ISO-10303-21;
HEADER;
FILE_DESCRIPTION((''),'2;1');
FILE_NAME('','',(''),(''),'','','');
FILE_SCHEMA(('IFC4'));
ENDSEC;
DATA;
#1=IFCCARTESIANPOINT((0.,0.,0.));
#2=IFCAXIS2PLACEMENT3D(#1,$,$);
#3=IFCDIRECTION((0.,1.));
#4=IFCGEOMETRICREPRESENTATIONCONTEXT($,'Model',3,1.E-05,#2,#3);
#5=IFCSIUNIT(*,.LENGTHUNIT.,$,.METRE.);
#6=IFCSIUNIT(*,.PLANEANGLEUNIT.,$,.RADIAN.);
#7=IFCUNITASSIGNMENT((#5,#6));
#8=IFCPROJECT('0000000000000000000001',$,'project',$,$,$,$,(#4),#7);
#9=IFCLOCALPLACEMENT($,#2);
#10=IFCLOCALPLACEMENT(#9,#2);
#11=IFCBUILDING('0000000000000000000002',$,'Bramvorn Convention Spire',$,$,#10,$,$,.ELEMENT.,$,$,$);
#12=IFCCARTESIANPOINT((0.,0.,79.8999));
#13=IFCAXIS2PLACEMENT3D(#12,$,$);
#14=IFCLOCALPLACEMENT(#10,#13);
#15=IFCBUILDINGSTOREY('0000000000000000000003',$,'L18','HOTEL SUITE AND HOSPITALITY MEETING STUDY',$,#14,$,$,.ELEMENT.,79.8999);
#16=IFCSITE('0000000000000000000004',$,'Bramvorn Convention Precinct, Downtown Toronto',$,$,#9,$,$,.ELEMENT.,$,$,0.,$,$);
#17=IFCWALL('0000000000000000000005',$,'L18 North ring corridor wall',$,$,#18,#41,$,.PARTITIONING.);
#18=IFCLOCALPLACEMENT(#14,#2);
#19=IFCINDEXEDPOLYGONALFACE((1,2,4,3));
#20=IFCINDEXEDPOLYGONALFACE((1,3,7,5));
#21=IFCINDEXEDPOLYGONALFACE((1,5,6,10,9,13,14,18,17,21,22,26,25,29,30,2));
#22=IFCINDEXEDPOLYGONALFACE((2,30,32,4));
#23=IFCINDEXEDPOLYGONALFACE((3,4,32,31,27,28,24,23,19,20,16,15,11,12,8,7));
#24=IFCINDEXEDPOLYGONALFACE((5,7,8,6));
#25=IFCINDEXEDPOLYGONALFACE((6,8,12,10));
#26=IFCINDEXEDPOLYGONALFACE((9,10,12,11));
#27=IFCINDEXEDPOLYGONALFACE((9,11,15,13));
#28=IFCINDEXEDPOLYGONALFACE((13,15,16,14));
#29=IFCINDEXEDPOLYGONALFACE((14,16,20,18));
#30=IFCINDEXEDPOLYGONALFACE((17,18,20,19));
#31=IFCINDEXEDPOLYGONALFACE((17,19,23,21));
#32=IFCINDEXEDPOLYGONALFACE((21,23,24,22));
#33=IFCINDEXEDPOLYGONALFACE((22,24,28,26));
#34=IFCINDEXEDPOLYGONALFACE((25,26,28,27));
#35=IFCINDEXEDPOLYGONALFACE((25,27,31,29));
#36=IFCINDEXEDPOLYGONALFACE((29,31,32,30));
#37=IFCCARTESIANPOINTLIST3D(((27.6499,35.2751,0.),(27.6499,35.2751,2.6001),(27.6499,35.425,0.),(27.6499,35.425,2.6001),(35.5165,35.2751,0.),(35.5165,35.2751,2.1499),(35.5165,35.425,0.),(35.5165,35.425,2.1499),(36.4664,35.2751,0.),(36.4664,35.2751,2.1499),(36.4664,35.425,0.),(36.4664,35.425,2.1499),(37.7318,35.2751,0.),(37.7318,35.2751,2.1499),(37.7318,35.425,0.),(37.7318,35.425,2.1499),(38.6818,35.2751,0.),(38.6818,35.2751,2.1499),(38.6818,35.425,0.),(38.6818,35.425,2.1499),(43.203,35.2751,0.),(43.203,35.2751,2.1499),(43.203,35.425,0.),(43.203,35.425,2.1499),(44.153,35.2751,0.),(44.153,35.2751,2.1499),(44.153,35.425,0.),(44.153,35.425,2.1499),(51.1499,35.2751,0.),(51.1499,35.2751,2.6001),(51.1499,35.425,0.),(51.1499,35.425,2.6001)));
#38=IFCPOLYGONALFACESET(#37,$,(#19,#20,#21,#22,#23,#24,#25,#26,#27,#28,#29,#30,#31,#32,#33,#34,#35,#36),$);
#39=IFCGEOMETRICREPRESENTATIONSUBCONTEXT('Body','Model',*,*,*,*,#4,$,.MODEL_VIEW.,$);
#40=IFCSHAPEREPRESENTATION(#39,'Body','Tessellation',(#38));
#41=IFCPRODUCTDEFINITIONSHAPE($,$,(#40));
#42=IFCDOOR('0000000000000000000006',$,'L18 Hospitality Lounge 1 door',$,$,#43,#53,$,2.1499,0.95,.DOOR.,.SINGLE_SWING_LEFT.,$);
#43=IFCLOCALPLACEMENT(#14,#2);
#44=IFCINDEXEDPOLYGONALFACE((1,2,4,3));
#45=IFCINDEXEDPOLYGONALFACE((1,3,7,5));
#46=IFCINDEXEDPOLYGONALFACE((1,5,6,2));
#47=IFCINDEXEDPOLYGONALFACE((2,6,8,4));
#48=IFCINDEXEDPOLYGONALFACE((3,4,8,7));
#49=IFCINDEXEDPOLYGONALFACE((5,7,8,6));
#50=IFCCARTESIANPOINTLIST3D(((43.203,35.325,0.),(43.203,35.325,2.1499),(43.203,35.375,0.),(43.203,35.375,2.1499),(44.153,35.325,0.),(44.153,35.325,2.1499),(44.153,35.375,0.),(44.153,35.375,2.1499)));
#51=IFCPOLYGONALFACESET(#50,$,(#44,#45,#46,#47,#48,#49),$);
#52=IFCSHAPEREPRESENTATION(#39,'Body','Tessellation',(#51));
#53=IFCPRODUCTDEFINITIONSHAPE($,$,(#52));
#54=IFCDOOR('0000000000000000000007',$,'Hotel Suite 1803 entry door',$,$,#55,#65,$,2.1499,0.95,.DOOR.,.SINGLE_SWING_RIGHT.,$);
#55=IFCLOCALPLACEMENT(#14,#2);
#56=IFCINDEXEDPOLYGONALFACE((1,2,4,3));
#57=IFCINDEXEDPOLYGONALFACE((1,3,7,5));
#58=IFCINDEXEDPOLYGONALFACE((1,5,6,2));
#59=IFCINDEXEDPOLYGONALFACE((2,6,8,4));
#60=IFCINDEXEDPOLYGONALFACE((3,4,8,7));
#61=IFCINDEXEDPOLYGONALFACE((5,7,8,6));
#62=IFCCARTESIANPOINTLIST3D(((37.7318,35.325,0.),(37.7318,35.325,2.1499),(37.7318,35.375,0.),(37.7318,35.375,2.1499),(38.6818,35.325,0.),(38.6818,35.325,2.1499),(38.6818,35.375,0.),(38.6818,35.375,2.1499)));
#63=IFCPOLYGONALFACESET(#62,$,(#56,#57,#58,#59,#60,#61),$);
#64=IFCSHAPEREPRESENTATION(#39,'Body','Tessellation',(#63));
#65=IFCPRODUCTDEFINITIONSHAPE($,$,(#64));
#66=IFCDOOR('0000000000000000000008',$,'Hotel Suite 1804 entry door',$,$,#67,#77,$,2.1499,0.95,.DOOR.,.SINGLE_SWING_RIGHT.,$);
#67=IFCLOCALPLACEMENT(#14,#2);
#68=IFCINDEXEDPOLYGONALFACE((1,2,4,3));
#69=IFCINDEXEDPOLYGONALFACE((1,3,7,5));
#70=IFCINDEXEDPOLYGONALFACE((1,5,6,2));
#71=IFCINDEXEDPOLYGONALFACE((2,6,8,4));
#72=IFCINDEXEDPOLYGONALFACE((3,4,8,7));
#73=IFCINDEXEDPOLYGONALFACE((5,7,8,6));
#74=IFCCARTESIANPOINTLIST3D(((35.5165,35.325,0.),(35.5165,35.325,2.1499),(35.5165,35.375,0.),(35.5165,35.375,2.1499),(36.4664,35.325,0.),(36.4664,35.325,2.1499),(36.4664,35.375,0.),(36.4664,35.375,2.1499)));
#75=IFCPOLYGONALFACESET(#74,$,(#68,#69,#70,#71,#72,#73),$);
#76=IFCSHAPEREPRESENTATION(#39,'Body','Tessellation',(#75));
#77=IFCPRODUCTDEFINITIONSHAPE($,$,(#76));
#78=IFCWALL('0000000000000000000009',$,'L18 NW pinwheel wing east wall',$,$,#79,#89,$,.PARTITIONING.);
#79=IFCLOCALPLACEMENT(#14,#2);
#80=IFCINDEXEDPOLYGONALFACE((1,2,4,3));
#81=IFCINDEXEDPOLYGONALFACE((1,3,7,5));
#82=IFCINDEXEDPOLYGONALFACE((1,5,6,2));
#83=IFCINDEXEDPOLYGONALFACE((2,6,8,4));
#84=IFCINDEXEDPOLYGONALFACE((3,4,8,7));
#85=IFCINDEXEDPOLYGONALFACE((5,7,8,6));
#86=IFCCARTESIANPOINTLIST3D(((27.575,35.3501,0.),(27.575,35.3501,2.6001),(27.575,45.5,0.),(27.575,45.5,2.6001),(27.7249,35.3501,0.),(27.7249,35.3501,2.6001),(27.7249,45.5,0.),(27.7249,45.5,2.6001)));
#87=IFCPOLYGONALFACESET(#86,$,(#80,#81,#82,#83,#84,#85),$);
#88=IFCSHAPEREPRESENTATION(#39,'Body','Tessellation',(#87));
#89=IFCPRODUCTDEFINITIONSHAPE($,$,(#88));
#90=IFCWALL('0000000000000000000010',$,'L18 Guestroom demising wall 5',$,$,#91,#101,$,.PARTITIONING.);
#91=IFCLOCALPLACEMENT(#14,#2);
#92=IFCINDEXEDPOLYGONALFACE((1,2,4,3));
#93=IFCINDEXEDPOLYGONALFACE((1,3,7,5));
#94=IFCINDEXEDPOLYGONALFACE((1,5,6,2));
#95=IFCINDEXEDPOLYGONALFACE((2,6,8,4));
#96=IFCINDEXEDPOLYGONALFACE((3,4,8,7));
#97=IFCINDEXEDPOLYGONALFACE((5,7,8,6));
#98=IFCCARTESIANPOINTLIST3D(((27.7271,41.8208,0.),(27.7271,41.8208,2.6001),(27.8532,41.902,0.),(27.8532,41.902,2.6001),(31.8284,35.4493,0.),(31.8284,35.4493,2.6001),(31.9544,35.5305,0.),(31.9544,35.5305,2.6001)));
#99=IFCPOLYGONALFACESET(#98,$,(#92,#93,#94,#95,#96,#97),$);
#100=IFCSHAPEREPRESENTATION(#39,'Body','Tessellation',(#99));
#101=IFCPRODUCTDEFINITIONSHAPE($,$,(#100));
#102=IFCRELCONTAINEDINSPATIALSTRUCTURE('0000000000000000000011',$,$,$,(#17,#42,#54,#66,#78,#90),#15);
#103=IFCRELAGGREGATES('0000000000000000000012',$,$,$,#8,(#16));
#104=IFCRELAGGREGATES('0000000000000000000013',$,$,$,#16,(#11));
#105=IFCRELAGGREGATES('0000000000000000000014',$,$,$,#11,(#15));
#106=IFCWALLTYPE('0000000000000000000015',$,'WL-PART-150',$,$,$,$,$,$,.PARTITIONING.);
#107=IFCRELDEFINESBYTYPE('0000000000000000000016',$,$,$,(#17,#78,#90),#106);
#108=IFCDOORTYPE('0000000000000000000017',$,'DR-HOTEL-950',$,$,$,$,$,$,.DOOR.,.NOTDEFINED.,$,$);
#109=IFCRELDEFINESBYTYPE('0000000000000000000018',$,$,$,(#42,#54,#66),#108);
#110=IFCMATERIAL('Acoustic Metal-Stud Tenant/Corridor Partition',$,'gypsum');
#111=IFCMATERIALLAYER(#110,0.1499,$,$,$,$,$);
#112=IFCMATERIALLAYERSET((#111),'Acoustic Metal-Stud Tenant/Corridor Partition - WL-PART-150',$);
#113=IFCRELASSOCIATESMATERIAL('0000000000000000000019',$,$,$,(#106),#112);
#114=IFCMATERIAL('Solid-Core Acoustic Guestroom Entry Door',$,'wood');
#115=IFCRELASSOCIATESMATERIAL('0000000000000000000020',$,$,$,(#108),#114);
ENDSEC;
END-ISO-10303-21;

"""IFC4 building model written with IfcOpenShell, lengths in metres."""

from ifc_helpers import new_model, si_unit, direction, frame, frame_2d, origin, place, context, subcontext, project, spatial, rectangle, extrude, material, layer, layer_set, type_object, element, fill, save


model = new_model("IFC4")

# Units and contexts
model_context = context("Model", 3, precision=1e-05, world=origin(), true_north=direction((0.0, 1.0)))
body_context = subcontext(model_context, "Body", "Model", "MODEL_VIEW")
ifc_project = project(units=[si_unit("LENGTHUNIT", "METRE"), si_unit("PLANEANGLEUNIT", "RADIAN")], contexts=[model_context])

# Site, building, storey
site_placement = place(None, origin())
site = spatial("IfcSite", under=ifc_project, at=site_placement, Name="Bramvorn Convention Precinct, Downtown Toronto", CompositionType="ELEMENT", RefElevation=0.0)
building_placement = place(site_placement, origin())
building = spatial("IfcBuilding", under=site, at=building_placement, Name="Bramvorn Convention Spire", CompositionType="ELEMENT")
storey_placement = place(building_placement, frame((0.0, 0.0, 79.8999)))
storey = spatial("IfcBuildingStorey", under=building, at=storey_placement, Name="L18", Description="HOTEL SUITE AND HOSPITALITY MEETING STUDY", CompositionType="ELEMENT", Elevation=79.8999)

# Wall, openings, doors
ifc_material_1 = material(Name="Acoustic Metal-Stud Tenant/Corridor Partition", Category="gypsum")
ifc_layer_1 = layer(ifc_material_1, 0.1499)
ifc_layer_set_1 = layer_set([ifc_layer_1], Name="Acoustic Metal-Stud Tenant/Corridor Partition - WL-PART-150")
wall_type_1 = type_object("IfcWallType", Name="WL-PART-150", PredefinedType="PARTITIONING", material=ifc_layer_set_1)
wall_1_placement = place(storey_placement, frame((27.6499, 35.3501, 0.0), z_axis=(0.0, 0.0, 1.0), x_axis=(1.0, 0.0, 0.0)))
wall_1 = element("IfcWall", 1, at=wall_1_placement, inside=storey, type_object=wall_type_1, Name="L18 North ring corridor wall", PredefinedType="PARTITIONING", context=body_context, shape_type="SweptSolid", body=[
    extrude(rectangle(XDim=23.5, YDim=0.1499, at=frame_2d((11.75, 0.0))), origin(), (0.0, 0.0, 1.0), 2.6001),
])
opening_1_placement = place(wall_1_placement, frame((15.553, 0.0, 0.0)))
opening_1 = element("IfcOpeningElement", 2, at=opening_1_placement, cuts=wall_1, PredefinedType="OPENING", context=body_context, shape_type="SweptSolid", body=[
    extrude(rectangle(XDim=0.95, YDim=2.1499, at=frame_2d((0.4751, 1.075))), frame((0.0, 0.085, 0.0), z_axis=(0.0, -1.0, 0.0), x_axis=(1.0, 0.0, 0.0)), (0.0, 0.0, 1.0), 0.1699),
])
opening_2_placement = place(wall_1_placement, frame((10.0818, 0.0, 0.0)))
opening_2 = element("IfcOpeningElement", 3, at=opening_2_placement, cuts=wall_1, PredefinedType="OPENING", context=body_context, shape_type="SweptSolid", body=[
    extrude(rectangle(XDim=0.95, YDim=2.1499, at=frame_2d((0.4751, 1.075))), frame((0.0, 0.085, 0.0), z_axis=(0.0, -1.0, 0.0), x_axis=(1.0, 0.0, 0.0)), (0.0, 0.0, 1.0), 0.1699),
])
opening_3_placement = place(wall_1_placement, frame((7.8665, 0.0, 0.0)))
opening_3 = element("IfcOpeningElement", 4, at=opening_3_placement, cuts=wall_1, PredefinedType="OPENING", context=body_context, shape_type="SweptSolid", body=[
    extrude(rectangle(XDim=0.95, YDim=2.1499, at=frame_2d((0.4751, 1.075))), frame((0.0, 0.085, 0.0), z_axis=(0.0, -1.0, 0.0), x_axis=(1.0, 0.0, 0.0)), (0.0, 0.0, 1.0), 0.1699),
])
ifc_material_2 = material(Name="Solid-Core Acoustic Guestroom Entry Door", Category="wood")
door_type_1 = type_object("IfcDoorType", Name="DR-HOTEL-950", OperationType="NOTDEFINED", PredefinedType="DOOR", material=ifc_material_2)
door_1_placement = place(opening_1_placement, origin())
door_1 = element("IfcDoor", 5, at=door_1_placement, inside=storey, type_object=door_type_1, Name="L18 Hospitality Lounge 1 door", OperationType="SINGLE_SWING_LEFT", OverallHeight=2.1499, OverallWidth=0.95, PredefinedType="DOOR", context=body_context, shape_type="SweptSolid", body=[
    extrude(rectangle(XDim=0.95, YDim=2.1499, at=frame_2d((0.4751, 1.075))), frame((0.0, 0.0249, 0.0), z_axis=(0.0, -1.0, 0.0), x_axis=(1.0, 0.0, 0.0)), (0.0, 0.0, 1.0), 0.05),
])
fill(opening_1, door_1)
door_2_placement = place(opening_2_placement, origin())
door_2 = element("IfcDoor", 6, at=door_2_placement, inside=storey, type_object=door_type_1, Name="Hotel Suite 1803 entry door", OperationType="SINGLE_SWING_RIGHT", OverallHeight=2.1499, OverallWidth=0.95, PredefinedType="DOOR", context=body_context, shape_type="SweptSolid", body=[
    extrude(rectangle(XDim=0.95, YDim=2.1499, at=frame_2d((0.4751, 1.075))), frame((0.0, 0.0249, 0.0), z_axis=(0.0, -1.0, 0.0), x_axis=(1.0, 0.0, 0.0)), (0.0, 0.0, 1.0), 0.05),
])
fill(opening_2, door_2)
door_3_placement = place(opening_3_placement, origin())
door_3 = element("IfcDoor", 7, at=door_3_placement, inside=storey, type_object=door_type_1, Name="Hotel Suite 1804 entry door", OperationType="SINGLE_SWING_RIGHT", OverallHeight=2.1499, OverallWidth=0.95, PredefinedType="DOOR", context=body_context, shape_type="SweptSolid", body=[
    extrude(rectangle(XDim=0.95, YDim=2.1499, at=frame_2d((0.4751, 1.075))), frame((0.0, 0.0249, 0.0), z_axis=(0.0, -1.0, 0.0), x_axis=(1.0, 0.0, 0.0)), (0.0, 0.0, 1.0), 0.05),
])
fill(opening_3, door_3)

# Walls
wall_2_placement = place(storey_placement, frame((27.6499, 35.3501, 0.0), z_axis=(0.0, 0.0, 1.0), x_axis=(0.0, 1.0, 0.0)))
element("IfcWall", 8, at=wall_2_placement, inside=storey, type_object=wall_type_1, Name="L18 NW pinwheel wing east wall", PredefinedType="PARTITIONING", context=body_context, shape_type="SweptSolid", body=[
    extrude(rectangle(XDim=10.1499, YDim=0.1499, at=frame_2d((5.075, 0.0))), origin(), (0.0, 0.0, 1.0), 2.6001),
])
wall_3_placement = place(storey_placement, frame((31.8914, 35.49, 0.0), z_axis=(0.0, 0.0, 1.0), x_axis=(-0.541253, 0.84086, 0.0)))
element("IfcWall", 9, at=wall_3_placement, inside=storey, type_object=wall_type_1, Name="L18 Guestroom demising wall 5", PredefinedType="PARTITIONING", context=body_context, shape_type="SweptSolid", body=[
    extrude(rectangle(XDim=7.5774, YDim=0.1499, at=frame_2d((3.7886, 0.0))), origin(), (0.0, 0.0, 1.0), 2.6001),
])

save(model, "model.ifc")
